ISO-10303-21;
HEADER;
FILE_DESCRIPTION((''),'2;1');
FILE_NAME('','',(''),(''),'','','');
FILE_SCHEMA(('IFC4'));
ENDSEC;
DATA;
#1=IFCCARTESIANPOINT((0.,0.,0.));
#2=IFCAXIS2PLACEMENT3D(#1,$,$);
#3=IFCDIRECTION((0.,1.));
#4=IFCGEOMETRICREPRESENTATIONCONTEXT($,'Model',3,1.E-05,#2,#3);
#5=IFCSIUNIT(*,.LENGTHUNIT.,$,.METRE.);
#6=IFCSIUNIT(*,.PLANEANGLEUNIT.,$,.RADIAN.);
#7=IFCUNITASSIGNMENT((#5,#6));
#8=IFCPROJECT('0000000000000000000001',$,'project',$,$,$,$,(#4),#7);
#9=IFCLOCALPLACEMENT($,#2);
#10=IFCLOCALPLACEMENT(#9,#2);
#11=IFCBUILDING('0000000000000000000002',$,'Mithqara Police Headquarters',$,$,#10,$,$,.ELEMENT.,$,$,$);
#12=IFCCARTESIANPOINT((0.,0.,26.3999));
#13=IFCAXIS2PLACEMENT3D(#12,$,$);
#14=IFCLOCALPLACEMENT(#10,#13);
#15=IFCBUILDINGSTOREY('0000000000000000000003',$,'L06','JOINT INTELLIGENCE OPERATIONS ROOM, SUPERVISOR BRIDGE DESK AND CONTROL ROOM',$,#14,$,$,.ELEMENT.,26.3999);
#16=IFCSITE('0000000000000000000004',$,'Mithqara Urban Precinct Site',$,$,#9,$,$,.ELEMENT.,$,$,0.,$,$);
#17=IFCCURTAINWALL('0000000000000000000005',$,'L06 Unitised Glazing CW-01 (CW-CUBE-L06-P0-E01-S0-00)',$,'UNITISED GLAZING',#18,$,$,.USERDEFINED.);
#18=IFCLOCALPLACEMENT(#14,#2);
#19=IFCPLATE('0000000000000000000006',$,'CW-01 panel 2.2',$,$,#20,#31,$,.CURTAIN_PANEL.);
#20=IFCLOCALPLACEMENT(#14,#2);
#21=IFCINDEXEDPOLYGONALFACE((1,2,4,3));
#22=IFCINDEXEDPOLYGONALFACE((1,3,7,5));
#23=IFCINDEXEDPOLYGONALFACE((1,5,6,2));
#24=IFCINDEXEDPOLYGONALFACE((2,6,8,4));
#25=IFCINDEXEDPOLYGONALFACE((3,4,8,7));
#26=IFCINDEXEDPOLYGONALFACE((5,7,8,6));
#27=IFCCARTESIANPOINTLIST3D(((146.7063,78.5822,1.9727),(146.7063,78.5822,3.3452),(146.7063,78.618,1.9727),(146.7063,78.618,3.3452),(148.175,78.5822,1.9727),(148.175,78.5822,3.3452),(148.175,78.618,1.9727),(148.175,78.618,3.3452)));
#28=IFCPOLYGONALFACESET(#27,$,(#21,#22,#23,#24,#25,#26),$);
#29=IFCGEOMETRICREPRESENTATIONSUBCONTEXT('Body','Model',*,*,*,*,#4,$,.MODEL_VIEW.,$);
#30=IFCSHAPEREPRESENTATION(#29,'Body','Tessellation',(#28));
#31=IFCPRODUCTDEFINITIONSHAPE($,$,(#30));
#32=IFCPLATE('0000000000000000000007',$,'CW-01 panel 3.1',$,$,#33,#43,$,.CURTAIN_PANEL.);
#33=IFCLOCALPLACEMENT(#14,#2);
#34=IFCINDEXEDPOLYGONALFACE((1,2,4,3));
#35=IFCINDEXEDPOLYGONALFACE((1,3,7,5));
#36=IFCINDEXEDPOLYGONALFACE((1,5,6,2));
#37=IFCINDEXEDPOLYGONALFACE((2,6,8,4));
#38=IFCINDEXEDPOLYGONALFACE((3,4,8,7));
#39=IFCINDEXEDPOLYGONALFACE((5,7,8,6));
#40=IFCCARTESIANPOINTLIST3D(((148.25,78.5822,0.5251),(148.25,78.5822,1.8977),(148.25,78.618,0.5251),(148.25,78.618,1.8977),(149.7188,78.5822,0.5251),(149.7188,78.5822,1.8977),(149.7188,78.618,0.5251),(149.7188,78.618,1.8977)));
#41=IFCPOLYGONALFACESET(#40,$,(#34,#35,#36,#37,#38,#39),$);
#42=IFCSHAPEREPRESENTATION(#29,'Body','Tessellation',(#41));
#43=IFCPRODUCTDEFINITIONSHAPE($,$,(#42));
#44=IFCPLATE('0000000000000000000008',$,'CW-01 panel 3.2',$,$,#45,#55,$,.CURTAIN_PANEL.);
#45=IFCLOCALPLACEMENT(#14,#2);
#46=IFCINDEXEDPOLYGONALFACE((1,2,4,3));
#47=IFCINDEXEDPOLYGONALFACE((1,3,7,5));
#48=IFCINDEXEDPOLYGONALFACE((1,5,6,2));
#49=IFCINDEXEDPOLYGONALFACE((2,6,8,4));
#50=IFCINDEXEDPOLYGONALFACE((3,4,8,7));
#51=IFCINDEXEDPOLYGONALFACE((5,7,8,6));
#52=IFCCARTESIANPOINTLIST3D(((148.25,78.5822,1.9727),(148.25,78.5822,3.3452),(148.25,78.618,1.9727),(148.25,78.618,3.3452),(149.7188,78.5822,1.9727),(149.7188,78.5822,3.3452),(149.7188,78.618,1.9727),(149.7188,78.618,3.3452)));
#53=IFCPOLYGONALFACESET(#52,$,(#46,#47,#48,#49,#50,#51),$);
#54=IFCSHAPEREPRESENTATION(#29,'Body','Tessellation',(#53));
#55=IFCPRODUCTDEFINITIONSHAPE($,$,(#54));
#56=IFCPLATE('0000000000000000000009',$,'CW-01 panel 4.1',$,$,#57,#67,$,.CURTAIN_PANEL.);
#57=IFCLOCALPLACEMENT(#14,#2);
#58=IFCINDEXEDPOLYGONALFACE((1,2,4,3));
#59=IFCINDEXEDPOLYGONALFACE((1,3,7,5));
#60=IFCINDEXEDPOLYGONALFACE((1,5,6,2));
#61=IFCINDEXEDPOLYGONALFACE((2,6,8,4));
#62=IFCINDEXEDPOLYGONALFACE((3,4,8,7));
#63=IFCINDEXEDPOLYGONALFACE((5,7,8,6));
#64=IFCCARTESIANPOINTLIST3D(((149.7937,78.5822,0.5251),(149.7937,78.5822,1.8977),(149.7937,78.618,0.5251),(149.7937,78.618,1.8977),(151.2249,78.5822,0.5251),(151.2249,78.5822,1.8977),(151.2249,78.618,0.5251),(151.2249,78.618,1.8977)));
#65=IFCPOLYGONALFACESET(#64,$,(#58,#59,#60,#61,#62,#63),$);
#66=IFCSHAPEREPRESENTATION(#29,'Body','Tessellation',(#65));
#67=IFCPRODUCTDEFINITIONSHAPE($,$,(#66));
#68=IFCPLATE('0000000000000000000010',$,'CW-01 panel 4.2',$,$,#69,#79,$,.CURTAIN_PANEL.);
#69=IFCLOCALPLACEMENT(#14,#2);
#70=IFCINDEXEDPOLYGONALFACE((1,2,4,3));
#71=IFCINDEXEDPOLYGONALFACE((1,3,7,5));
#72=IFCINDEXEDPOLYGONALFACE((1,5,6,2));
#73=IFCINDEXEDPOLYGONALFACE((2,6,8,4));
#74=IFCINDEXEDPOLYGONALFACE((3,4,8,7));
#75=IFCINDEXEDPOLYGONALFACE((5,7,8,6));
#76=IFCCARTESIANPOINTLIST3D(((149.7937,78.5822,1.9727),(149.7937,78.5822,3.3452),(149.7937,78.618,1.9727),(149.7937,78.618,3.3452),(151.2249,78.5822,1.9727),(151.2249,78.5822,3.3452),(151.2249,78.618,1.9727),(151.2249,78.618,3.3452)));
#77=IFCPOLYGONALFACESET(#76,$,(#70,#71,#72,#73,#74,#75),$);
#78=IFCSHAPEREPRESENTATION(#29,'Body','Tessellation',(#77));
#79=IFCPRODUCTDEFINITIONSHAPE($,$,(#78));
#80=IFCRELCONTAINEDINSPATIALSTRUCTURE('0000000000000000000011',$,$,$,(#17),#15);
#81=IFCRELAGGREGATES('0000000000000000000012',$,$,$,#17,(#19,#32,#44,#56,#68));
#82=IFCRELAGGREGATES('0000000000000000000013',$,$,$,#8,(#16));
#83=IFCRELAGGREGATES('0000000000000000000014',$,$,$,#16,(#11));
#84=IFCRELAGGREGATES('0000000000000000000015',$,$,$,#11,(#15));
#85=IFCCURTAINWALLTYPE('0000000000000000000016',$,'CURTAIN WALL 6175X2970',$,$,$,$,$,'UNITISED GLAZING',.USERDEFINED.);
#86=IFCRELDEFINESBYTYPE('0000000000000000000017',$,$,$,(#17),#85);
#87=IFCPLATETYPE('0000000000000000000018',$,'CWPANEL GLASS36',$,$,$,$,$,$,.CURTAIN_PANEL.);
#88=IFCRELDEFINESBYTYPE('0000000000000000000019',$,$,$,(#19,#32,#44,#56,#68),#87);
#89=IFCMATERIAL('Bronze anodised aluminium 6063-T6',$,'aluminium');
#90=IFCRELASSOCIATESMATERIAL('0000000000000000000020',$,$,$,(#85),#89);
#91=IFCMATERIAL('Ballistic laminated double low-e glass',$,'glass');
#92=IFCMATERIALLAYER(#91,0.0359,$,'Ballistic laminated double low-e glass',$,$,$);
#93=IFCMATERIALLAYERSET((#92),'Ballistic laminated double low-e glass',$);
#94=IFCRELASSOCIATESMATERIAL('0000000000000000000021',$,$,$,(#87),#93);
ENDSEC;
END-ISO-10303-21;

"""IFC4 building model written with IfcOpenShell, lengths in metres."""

from ifc_helpers import new_model, si_unit, direction, frame, origin, origin_2d, place, context, subcontext, project, spatial, rectangle, extrude, material, layer, layer_set, type_object, element, aggregate, save


model = new_model("IFC4")

# Units and contexts
model_context = context("Model", 3, precision=1e-05, world=origin(), true_north=direction((0.0, 1.0)))
body_context = subcontext(model_context, "Body", "Model", "MODEL_VIEW")
ifc_project = project(units=[si_unit("LENGTHUNIT", "METRE"), si_unit("PLANEANGLEUNIT", "RADIAN")], contexts=[model_context])

# Site, building, storey
site_placement = place(None, origin())
site = spatial("IfcSite", under=ifc_project, at=site_placement, Name="Mithqara Urban Precinct Site", CompositionType="ELEMENT", RefElevation=0.0)
building_placement = place(site_placement, origin())
building = spatial("IfcBuilding", under=site, at=building_placement, Name="Mithqara Police Headquarters", CompositionType="ELEMENT")
storey_placement = place(building_placement, frame((0.0, 0.0, 26.3999)))
storey = spatial("IfcBuildingStorey", under=building, at=storey_placement, Name="L06", Description="JOINT INTELLIGENCE OPERATIONS ROOM, SUPERVISOR BRIDGE DESK AND CONTROL ROOM", CompositionType="ELEMENT", Elevation=26.3999)

# Curtain wall, plates
ifc_material_1 = material(Name="Bronze anodised aluminium 6063-T6", Category="aluminium")
curtain_wall_type = type_object("IfcCurtainWallType", Name="CURTAIN WALL 6175X2970", ElementType="UNITISED GLAZING", PredefinedType="USERDEFINED", material=ifc_material_1)
curtain_wall_placement = place(storey_placement, origin())
curtain_wall = element("IfcCurtainWall", 1, at=curtain_wall_placement, inside=storey, type_object=curtain_wall_type, Name="L06 Unitised Glazing CW-01 (CW-CUBE-L06-P0-E01-S0-00)", ObjectType="UNITISED GLAZING", PredefinedType="USERDEFINED")
ifc_material_2 = material(Name="Ballistic laminated double low-e glass", Category="glass")
ifc_layer = layer(ifc_material_2, 0.0359, Name="Ballistic laminated double low-e glass")
ifc_layer_set = layer_set([ifc_layer], Name="Ballistic laminated double low-e glass")
plate_type = type_object("IfcPlateType", Name="CWPANEL GLASS36", PredefinedType="CURTAIN_PANEL", material=ifc_layer_set)
plate_1_placement = place(storey_placement, frame((147.4407, 78.6001, 1.9727), z_axis=(0.0, 0.0, 1.0), x_axis=(1.0, 0.0, 0.0)))
plate_1 = element("IfcPlate", 2, at=plate_1_placement, type_object=plate_type, Name="CW-01 panel 2.2", PredefinedType="CURTAIN_PANEL", context=body_context, shape_type="SweptSolid", body=[
    extrude(rectangle(XDim=1.4688, YDim=0.0359, at=origin_2d()), origin(), (0.0, 0.0, 1.0), 1.3726),
])
plate_2_placement = place(storey_placement, frame((148.9844, 78.6001, 0.5251), z_axis=(0.0, 0.0, 1.0), x_axis=(1.0, 0.0, 0.0)))
plate_2 = element("IfcPlate", 3, at=plate_2_placement, type_object=plate_type, Name="CW-01 panel 3.1", PredefinedType="CURTAIN_PANEL", context=body_context, shape_type="SweptSolid", body=[
    extrude(rectangle(XDim=1.4688, YDim=0.0359, at=origin_2d()), origin(), (0.0, 0.0, 1.0), 1.3726),
])
plate_3_placement = place(storey_placement, frame((148.9844, 78.6001, 1.9727), z_axis=(0.0, 0.0, 1.0), x_axis=(1.0, 0.0, 0.0)))
plate_3 = element("IfcPlate", 4, at=plate_3_placement, type_object=plate_type, Name="CW-01 panel 3.2", PredefinedType="CURTAIN_PANEL", context=body_context, shape_type="SweptSolid", body=[
    extrude(rectangle(XDim=1.4688, YDim=0.0359, at=origin_2d()), origin(), (0.0, 0.0, 1.0), 1.3726),
])
plate_4_placement = place(storey_placement, frame((150.5093, 78.6001, 0.5251), z_axis=(0.0, 0.0, 1.0), x_axis=(1.0, 0.0, 0.0)))
plate_4 = element("IfcPlate", 5, at=plate_4_placement, type_object=plate_type, Name="CW-01 panel 4.1", PredefinedType="CURTAIN_PANEL", context=body_context, shape_type="SweptSolid", body=[
    extrude(rectangle(XDim=1.4312, YDim=0.0359, at=origin_2d()), origin(), (0.0, 0.0, 1.0), 1.3726),
])
plate_5_placement = place(storey_placement, frame((150.5093, 78.6001, 1.9727), z_axis=(0.0, 0.0, 1.0), x_axis=(1.0, 0.0, 0.0)))
plate_5 = element("IfcPlate", 6, at=plate_5_placement, type_object=plate_type, Name="CW-01 panel 4.2", PredefinedType="CURTAIN_PANEL", context=body_context, shape_type="SweptSolid", body=[
    extrude(rectangle(XDim=1.4312, YDim=0.0359, at=origin_2d()), origin(), (0.0, 0.0, 1.0), 1.3726),
])
aggregate(curtain_wall, [plate_1, plate_2, plate_3, plate_4, plate_5])

save(model, "model.ifc")
